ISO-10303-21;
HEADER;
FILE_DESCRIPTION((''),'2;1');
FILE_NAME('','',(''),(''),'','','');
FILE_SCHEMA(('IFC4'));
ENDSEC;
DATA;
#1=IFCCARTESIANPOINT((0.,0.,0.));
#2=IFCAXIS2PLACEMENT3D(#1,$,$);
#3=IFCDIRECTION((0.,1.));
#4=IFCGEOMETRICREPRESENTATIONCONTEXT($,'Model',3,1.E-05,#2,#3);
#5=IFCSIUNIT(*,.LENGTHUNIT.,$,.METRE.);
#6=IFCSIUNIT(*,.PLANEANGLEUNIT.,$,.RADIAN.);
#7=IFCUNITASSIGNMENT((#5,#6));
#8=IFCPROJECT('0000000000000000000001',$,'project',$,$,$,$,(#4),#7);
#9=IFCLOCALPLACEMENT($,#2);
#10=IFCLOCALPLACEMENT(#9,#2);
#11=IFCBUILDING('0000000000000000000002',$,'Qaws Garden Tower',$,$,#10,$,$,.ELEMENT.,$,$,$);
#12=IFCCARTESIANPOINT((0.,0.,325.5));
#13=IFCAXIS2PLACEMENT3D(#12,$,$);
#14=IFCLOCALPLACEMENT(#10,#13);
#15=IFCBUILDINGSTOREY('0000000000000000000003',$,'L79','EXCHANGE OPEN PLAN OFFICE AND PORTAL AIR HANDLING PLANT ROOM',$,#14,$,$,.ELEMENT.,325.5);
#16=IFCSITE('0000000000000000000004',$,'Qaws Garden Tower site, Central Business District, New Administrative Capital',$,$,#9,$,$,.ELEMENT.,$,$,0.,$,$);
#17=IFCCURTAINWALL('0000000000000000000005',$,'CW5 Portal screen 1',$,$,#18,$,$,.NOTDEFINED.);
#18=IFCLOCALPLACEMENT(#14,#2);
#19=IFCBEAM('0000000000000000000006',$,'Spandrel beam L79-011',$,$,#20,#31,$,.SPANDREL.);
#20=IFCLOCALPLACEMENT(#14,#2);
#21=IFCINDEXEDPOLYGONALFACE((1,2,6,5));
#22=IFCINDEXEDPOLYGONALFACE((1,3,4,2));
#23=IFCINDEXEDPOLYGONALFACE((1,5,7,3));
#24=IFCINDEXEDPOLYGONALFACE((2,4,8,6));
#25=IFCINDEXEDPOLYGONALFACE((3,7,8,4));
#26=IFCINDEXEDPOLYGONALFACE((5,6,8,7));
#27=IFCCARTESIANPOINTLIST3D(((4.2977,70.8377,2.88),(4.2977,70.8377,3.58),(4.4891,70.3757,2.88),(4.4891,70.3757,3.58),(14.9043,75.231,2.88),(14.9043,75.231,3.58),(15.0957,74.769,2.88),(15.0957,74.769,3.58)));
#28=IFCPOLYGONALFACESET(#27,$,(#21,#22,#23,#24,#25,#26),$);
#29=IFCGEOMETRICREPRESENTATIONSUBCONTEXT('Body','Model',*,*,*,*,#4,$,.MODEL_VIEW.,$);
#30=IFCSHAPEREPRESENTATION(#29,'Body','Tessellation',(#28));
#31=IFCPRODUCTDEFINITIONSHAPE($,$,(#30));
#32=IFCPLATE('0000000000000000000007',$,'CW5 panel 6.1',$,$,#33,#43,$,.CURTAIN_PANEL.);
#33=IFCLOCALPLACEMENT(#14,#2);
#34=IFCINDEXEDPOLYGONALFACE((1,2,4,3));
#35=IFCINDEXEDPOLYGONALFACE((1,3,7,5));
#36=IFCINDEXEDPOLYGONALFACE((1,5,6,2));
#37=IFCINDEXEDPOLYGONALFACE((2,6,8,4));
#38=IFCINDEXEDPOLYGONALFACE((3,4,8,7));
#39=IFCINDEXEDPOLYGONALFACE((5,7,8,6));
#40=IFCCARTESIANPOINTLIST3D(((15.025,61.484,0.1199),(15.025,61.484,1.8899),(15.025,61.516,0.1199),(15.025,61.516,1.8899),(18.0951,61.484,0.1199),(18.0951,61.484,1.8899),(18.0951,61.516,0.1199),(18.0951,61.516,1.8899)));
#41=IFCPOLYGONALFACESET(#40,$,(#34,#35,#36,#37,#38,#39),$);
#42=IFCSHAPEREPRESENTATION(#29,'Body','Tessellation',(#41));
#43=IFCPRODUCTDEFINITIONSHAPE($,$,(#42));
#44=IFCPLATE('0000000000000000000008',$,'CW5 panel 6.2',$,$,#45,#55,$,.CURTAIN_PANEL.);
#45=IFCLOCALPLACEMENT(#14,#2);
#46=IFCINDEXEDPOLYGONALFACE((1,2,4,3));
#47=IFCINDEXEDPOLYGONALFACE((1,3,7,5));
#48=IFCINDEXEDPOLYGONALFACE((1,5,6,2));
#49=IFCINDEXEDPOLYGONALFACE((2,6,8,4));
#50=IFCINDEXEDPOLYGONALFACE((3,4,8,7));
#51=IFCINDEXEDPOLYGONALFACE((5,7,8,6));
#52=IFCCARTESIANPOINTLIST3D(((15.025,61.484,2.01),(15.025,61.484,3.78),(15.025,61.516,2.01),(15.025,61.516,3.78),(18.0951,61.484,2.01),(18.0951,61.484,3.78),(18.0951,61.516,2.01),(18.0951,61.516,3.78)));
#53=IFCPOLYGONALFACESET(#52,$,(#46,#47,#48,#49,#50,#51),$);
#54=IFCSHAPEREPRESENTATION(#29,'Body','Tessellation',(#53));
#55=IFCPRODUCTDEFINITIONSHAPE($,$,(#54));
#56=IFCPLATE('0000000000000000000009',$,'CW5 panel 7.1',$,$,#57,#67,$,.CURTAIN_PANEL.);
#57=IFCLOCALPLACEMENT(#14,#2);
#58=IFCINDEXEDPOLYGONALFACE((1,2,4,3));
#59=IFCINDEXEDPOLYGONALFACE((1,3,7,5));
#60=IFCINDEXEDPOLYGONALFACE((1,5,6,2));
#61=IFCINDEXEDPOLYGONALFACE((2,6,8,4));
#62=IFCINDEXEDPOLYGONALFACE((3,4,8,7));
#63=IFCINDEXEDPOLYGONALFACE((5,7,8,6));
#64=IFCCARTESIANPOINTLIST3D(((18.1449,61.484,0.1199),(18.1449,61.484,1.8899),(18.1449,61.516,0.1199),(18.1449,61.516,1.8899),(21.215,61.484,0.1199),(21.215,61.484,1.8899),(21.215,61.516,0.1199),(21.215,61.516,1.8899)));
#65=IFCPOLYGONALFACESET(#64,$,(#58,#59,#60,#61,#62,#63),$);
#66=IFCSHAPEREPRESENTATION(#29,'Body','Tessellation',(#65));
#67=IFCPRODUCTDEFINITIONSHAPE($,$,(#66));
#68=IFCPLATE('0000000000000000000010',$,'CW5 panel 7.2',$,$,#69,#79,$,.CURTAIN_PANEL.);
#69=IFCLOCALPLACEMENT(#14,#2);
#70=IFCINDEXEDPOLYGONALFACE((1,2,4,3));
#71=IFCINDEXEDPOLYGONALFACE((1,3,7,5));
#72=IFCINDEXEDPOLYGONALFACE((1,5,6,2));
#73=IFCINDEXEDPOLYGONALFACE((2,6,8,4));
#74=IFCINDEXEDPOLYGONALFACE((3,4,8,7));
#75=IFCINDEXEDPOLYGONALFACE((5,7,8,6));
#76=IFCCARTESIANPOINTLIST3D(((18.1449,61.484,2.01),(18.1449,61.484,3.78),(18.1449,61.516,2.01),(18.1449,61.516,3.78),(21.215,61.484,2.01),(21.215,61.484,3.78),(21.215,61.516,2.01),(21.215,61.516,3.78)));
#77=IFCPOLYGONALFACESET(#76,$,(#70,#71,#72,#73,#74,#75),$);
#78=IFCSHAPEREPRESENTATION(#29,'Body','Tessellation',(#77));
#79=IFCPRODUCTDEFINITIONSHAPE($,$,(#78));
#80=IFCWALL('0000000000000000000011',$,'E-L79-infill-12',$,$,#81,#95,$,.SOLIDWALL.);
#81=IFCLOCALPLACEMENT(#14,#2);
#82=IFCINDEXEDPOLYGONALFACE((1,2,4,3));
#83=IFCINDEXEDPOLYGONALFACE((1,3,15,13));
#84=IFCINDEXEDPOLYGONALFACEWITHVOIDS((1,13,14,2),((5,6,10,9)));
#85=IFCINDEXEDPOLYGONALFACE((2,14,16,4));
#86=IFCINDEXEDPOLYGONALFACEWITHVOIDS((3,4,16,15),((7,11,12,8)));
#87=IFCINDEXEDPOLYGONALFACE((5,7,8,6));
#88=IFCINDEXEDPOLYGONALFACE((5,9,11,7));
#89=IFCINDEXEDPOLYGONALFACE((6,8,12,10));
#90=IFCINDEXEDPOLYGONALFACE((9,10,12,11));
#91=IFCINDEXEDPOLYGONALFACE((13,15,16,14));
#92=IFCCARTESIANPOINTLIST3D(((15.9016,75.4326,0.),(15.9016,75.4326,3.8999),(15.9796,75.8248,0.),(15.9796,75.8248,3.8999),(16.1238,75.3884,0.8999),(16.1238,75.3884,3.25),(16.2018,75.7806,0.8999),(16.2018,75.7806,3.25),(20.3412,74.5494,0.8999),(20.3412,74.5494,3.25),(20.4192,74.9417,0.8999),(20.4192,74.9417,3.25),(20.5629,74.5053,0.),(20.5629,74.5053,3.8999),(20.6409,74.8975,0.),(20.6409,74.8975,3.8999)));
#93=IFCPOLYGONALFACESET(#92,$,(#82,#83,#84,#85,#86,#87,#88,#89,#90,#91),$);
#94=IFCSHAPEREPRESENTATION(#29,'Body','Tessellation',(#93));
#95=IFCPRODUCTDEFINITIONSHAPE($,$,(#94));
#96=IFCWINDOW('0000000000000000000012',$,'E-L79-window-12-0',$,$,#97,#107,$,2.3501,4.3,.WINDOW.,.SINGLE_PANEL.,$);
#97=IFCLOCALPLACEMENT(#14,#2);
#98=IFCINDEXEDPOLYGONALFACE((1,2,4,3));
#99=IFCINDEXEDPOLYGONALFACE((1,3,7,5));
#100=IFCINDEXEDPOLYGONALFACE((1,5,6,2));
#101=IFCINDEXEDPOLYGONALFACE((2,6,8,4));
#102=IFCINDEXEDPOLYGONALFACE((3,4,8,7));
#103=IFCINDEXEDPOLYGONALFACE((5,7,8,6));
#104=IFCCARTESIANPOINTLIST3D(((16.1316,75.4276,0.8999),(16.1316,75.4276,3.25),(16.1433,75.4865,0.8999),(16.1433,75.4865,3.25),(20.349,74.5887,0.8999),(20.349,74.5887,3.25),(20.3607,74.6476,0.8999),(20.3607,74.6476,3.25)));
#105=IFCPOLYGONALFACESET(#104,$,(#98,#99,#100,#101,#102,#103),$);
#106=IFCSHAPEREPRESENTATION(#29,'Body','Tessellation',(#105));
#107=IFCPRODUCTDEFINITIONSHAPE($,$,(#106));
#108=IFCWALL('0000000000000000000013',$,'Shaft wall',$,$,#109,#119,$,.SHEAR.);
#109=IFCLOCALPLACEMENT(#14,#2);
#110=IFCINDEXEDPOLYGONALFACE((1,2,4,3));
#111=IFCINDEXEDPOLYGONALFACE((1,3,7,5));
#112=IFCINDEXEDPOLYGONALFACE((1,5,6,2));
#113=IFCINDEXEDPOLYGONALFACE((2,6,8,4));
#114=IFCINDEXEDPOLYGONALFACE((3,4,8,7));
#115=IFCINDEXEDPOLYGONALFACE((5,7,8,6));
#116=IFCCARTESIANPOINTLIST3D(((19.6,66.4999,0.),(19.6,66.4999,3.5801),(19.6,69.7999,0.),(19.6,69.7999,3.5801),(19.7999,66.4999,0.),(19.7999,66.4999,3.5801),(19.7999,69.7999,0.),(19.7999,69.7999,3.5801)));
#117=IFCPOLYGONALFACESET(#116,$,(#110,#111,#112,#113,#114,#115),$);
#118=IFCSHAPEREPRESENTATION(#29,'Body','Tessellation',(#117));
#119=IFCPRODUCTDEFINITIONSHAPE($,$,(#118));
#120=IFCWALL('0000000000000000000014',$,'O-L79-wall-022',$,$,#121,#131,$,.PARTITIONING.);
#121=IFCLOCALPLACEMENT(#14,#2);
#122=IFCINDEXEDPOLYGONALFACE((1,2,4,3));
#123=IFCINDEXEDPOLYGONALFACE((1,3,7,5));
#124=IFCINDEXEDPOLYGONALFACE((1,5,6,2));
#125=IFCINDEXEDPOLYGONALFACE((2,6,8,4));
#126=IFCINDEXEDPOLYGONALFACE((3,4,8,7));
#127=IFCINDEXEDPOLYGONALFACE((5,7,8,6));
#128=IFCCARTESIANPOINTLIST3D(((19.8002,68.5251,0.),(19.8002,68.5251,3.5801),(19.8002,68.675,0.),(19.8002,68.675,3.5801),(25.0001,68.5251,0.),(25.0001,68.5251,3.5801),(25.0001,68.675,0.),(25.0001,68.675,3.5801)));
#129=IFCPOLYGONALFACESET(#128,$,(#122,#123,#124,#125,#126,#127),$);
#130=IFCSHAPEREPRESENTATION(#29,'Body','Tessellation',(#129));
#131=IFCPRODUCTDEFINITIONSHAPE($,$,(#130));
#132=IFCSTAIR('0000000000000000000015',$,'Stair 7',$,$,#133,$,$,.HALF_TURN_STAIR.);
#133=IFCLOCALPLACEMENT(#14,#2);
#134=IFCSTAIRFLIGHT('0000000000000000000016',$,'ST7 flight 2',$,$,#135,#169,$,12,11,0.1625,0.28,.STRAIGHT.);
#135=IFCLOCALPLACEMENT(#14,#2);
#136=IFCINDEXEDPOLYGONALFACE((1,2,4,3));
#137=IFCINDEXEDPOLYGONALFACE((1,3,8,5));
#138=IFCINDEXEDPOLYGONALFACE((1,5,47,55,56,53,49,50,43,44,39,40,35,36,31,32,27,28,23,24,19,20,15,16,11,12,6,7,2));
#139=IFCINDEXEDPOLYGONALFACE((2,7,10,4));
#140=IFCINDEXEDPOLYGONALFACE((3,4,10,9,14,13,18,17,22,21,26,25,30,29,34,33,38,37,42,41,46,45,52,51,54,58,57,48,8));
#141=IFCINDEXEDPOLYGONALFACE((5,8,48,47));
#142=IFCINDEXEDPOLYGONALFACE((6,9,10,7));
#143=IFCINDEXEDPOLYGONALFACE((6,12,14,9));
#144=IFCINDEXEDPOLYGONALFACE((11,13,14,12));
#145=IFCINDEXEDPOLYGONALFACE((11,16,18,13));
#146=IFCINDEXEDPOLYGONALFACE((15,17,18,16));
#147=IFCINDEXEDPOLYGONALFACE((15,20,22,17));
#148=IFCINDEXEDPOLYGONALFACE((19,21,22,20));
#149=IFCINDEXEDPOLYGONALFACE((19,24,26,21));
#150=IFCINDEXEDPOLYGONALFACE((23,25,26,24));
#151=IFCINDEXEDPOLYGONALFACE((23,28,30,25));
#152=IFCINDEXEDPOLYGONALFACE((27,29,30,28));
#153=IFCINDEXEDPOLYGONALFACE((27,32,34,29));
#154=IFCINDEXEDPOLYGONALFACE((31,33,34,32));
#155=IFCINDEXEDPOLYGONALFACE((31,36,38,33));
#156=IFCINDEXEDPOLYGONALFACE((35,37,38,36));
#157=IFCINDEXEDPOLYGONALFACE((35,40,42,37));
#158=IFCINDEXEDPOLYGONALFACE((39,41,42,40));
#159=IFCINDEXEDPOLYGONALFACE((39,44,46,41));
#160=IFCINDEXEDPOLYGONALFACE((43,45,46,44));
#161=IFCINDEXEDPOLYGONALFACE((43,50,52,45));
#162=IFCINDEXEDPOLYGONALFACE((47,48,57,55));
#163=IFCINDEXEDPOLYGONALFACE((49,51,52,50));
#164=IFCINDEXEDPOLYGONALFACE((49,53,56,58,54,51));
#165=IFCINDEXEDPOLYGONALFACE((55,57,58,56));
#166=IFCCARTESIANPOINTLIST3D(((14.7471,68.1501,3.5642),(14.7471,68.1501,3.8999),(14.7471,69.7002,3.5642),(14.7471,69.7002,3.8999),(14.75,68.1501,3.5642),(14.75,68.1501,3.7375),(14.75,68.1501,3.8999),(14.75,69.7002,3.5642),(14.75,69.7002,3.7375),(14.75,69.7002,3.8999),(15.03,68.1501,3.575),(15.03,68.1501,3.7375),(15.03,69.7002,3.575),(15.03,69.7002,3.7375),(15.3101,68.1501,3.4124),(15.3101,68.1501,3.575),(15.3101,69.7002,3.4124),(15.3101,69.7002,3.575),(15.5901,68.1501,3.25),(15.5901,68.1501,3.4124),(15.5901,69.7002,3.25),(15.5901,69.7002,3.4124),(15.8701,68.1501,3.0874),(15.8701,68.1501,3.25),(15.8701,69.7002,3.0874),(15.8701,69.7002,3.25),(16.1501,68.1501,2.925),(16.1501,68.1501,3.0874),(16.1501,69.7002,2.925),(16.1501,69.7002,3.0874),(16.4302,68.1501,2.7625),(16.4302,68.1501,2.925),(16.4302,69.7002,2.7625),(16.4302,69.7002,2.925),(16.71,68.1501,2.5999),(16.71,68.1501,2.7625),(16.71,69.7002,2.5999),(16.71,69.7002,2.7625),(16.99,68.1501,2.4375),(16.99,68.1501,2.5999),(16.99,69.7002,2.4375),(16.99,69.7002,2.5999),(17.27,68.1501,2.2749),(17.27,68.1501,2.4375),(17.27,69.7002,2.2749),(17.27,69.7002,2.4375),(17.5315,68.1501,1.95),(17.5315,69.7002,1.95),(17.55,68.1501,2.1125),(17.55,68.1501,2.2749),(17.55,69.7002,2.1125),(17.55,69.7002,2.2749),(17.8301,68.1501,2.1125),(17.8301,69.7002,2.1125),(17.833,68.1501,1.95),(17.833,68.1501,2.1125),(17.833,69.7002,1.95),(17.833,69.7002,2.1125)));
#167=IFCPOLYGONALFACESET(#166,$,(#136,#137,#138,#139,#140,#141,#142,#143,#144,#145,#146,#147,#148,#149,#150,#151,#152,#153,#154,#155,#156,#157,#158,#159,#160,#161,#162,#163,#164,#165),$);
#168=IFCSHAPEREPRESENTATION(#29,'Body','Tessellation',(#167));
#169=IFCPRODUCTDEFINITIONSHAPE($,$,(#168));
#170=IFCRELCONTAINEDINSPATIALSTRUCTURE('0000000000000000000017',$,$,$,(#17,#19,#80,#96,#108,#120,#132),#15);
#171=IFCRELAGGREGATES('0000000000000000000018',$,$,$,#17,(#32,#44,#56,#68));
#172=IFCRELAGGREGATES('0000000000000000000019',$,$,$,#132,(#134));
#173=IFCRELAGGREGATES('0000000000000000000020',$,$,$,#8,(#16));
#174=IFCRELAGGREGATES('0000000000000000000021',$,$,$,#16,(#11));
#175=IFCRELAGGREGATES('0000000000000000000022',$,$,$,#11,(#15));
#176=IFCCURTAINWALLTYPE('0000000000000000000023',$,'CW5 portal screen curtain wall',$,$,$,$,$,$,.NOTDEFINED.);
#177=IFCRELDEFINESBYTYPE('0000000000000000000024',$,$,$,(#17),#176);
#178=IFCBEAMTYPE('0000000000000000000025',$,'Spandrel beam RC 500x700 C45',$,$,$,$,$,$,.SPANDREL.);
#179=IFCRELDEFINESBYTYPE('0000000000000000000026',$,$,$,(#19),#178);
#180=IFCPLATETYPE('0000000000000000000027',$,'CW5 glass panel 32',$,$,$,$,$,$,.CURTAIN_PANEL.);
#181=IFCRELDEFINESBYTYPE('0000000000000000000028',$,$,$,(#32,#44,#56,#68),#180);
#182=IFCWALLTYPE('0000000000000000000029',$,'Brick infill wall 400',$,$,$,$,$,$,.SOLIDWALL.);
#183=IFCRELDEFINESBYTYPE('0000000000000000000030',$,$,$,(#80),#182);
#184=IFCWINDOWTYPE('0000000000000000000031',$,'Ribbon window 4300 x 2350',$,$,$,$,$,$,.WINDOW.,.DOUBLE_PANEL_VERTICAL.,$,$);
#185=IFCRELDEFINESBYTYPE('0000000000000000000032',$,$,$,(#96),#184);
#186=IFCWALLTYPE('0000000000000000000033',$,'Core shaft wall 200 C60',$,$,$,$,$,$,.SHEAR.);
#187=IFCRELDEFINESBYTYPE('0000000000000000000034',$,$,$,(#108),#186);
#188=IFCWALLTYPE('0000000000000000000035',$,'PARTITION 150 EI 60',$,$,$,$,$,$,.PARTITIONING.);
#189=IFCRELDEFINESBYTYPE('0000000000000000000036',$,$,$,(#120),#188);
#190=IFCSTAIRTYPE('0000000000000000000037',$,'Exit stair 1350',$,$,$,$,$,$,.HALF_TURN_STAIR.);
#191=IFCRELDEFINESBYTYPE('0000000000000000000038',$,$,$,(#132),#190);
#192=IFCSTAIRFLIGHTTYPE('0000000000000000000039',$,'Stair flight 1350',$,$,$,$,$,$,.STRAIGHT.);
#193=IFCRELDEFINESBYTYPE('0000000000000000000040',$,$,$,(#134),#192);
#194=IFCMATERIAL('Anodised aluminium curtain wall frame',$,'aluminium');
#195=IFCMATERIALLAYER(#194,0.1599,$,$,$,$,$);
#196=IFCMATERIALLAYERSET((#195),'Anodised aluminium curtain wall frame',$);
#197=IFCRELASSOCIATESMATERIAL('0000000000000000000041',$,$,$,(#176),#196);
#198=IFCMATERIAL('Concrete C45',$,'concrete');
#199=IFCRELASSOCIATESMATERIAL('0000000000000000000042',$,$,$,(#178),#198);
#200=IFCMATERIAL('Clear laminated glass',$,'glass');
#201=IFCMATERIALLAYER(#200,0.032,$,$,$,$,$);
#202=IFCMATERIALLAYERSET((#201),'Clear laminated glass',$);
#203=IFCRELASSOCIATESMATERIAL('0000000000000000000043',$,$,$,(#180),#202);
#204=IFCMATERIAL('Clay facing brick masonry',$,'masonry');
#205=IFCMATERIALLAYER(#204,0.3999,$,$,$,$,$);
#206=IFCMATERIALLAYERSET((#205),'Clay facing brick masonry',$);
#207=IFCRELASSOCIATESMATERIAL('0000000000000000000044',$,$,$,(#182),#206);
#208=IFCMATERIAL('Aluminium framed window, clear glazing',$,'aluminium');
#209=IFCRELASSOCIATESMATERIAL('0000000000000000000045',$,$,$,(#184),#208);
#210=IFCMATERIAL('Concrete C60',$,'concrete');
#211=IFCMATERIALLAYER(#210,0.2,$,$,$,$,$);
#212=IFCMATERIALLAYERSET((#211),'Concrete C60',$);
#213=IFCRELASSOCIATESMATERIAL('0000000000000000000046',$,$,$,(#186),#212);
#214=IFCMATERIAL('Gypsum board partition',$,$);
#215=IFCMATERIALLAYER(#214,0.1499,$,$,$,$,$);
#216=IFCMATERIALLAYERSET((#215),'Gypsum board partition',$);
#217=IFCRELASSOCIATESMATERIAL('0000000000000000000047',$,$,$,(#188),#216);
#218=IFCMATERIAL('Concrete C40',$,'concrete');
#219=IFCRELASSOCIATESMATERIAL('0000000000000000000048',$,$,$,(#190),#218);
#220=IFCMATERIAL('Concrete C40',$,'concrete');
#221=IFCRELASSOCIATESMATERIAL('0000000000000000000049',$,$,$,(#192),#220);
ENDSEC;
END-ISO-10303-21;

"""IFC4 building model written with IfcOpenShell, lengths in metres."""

from ifc_helpers import new_model, si_unit, direction, frame, frame_2d, origin, origin_2d, place, context, subcontext, project, spatial, polyline, rectangle, outline, extrude, material, layer, layer_set, material_profile, profile_set, type_object, element, fill, aggregate, save


model = new_model("IFC4")

# Units and contexts
model_context = context("Model", 3, precision=1e-05, world=origin(), true_north=direction((0.0, 1.0)))
body_context = subcontext(model_context, "Body", "Model", "MODEL_VIEW")
ifc_project = project(units=[si_unit("LENGTHUNIT", "METRE"), si_unit("PLANEANGLEUNIT", "RADIAN")], contexts=[model_context])

# Site, building, storey
site_placement = place(None, origin())
site = spatial("IfcSite", under=ifc_project, at=site_placement, Name="Qaws Garden Tower site, Central Business District, New Administrative Capital", CompositionType="ELEMENT", RefElevation=0.0)
building_placement = place(site_placement, origin())
building = spatial("IfcBuilding", under=site, at=building_placement, Name="Qaws Garden Tower", CompositionType="ELEMENT")
storey_placement = place(building_placement, frame((0.0, 0.0, 325.5)))
storey = spatial("IfcBuildingStorey", under=building, at=storey_placement, Name="L79", Description="EXCHANGE OPEN PLAN OFFICE AND PORTAL AIR HANDLING PLANT ROOM", CompositionType="ELEMENT", Elevation=325.5)

# Curtain wall
ifc_material_1 = material(Name="Anodised aluminium curtain wall frame", Category="aluminium")
ifc_layer_1 = layer(ifc_material_1, 0.1599)
ifc_layer_set_1 = layer_set([ifc_layer_1], Name="Anodised aluminium curtain wall frame")
curtain_wall_type = type_object("IfcCurtainWallType", Name="CW5 portal screen curtain wall", PredefinedType="NOTDEFINED", material=ifc_layer_set_1)
placement = place(storey_placement, origin())
curtain_wall = element("IfcCurtainWall", 1, at=placement, inside=storey, type_object=curtain_wall_type, Name="CW5 Portal screen 1", PredefinedType="NOTDEFINED")

# Beam
ifc_material_2 = material(Name="Concrete C45", Category="concrete")
ifc_material_profile_1 = material_profile(ifc_material_2, rectangle(XDim=0.5, YDim=0.7, at=origin_2d()), Name="RC 500x700")
ifc_profile_set_1 = profile_set([ifc_material_profile_1], Name="Concrete C45")
beam_type = type_object("IfcBeamType", Name="Spandrel beam RC 500x700 C45", PredefinedType="SPANDREL", material=ifc_profile_set_1)
beam_placement = place(storey_placement, frame((15.0, 75.0, 3.23), z_axis=(-0.923883, -0.382674, 0.0), x_axis=(0.382674, -0.923883, 0.0)))
element("IfcBeam", 2, at=beam_placement, inside=storey, type_object=beam_type, Name="Spandrel beam L79-011", PredefinedType="SPANDREL", context=body_context, shape_type="SweptSolid", body=[
    extrude(rectangle(XDim=0.5, YDim=0.7, at=origin_2d()), origin(), (0.0, 0.0, 1.0), 11.4805),
])

# Plates
ifc_material_3 = material(Name="Clear laminated glass", Category="glass")
ifc_layer_2 = layer(ifc_material_3, 0.032)
ifc_layer_set_2 = layer_set([ifc_layer_2], Name="Clear laminated glass")
plate_type = type_object("IfcPlateType", Name="CW5 glass panel 32", PredefinedType="CURTAIN_PANEL", material=ifc_layer_set_2)
plate_1_placement = place(storey_placement, frame((16.5601, 61.5, 0.1199), z_axis=(0.0, 0.0, 1.0), x_axis=(1.0, 0.0, 0.0)))
plate_1 = element("IfcPlate", 3, at=plate_1_placement, type_object=plate_type, Name="CW5 panel 6.1", PredefinedType="CURTAIN_PANEL", context=body_context, shape_type="SweptSolid", body=[
    extrude(rectangle(XDim=3.0701, YDim=0.032, at=origin_2d()), origin(), (0.0, 0.0, 1.0), 1.77),
])
plate_2_placement = place(storey_placement, frame((16.5601, 61.5, 2.01), z_axis=(0.0, 0.0, 1.0), x_axis=(1.0, 0.0, 0.0)))
plate_2 = element("IfcPlate", 4, at=plate_2_placement, type_object=plate_type, Name="CW5 panel 6.2", PredefinedType="CURTAIN_PANEL", context=body_context, shape_type="SweptSolid", body=[
    extrude(rectangle(XDim=3.0701, YDim=0.032, at=origin_2d()), origin(), (0.0, 0.0, 1.0), 1.77),
])
plate_3_placement = place(storey_placement, frame((19.6799, 61.5, 0.1199), z_axis=(0.0, 0.0, 1.0), x_axis=(1.0, 0.0, 0.0)))
plate_3 = element("IfcPlate", 5, at=plate_3_placement, type_object=plate_type, Name="CW5 panel 7.1", PredefinedType="CURTAIN_PANEL", context=body_context, shape_type="SweptSolid", body=[
    extrude(rectangle(XDim=3.0701, YDim=0.032, at=origin_2d()), origin(), (0.0, 0.0, 1.0), 1.77),
])
plate_4_placement = place(storey_placement, frame((19.6799, 61.5, 2.01), z_axis=(0.0, 0.0, 1.0), x_axis=(1.0, 0.0, 0.0)))
plate_4 = element("IfcPlate", 6, at=plate_4_placement, type_object=plate_type, Name="CW5 panel 7.2", PredefinedType="CURTAIN_PANEL", context=body_context, shape_type="SweptSolid", body=[
    extrude(rectangle(XDim=3.0701, YDim=0.032, at=origin_2d()), origin(), (0.0, 0.0, 1.0), 1.77),
])
aggregate(curtain_wall, [plate_1, plate_2, plate_3, plate_4])

# Wall, opening, window
ifc_material_4 = material(Name="Clay facing brick masonry", Category="masonry")
ifc_layer_3 = layer(ifc_material_4, 0.3999)
ifc_layer_set_3 = layer_set([ifc_layer_3], Name="Clay facing brick masonry")
wall_type_1 = type_object("IfcWallType", Name="Brick infill wall 400", PredefinedType="SOLIDWALL", material=ifc_layer_set_3)
wall_1_placement = place(storey_placement, frame((20.6021, 74.7014, 0.0), z_axis=(0.0, 0.0, 1.0), x_axis=(-0.980784, 0.195099, 0.0)))
wall_1 = element("IfcWall", 7, at=wall_1_placement, inside=storey, type_object=wall_type_1, Name="E-L79-infill-12", PredefinedType="SOLIDWALL", context=body_context, shape_type="SweptSolid", body=[
    extrude(rectangle(XDim=4.7527, YDim=0.3999, at=frame_2d((2.3765, 0.0))), origin(), (0.0, 0.0, 1.0), 3.8999),
])
opening_placement = place(wall_1_placement, frame((0.2263, 0.0, 0.8999)))
opening = element("IfcOpeningElement", 8, at=opening_placement, cuts=wall_1, PredefinedType="OPENING", context=body_context, shape_type="SweptSolid", body=[
    extrude(rectangle(XDim=4.3, YDim=2.3501, at=frame_2d((2.1499, 1.175))), frame((0.0, 0.21, 0.0), z_axis=(0.0, -1.0, 0.0), x_axis=(1.0, 0.0, 0.0)), (0.0, 0.0, 1.0), 0.4199),
])
ifc_material_5 = material(Name="Aluminium framed window, clear glazing", Category="aluminium")
window_type = type_object("IfcWindowType", Name="Ribbon window 4300 x 2350", PartitioningType="DOUBLE_PANEL_VERTICAL", PredefinedType="WINDOW", material=ifc_material_5)
window_placement = place(opening_placement, origin())
window = element("IfcWindow", 9, at=window_placement, inside=storey, type_object=window_type, Name="E-L79-window-12-0", OverallHeight=2.3501, OverallWidth=4.3, PartitioningType="SINGLE_PANEL", PredefinedType="WINDOW", context=body_context, shape_type="SweptSolid", body=[
    extrude(rectangle(XDim=4.3, YDim=2.3501, at=frame_2d((2.1499, 1.175))), frame((0.0, 0.1599, 0.0), z_axis=(0.0, -1.0, 0.0), x_axis=(1.0, 0.0, 0.0)), (0.0, 0.0, 1.0), 0.0601),
])
fill(opening, window)

# Walls
ifc_material_6 = material(Name="Concrete C60", Category="concrete")
ifc_layer_4 = layer(ifc_material_6, 0.2)
ifc_layer_set_4 = layer_set([ifc_layer_4], Name="Concrete C60")
wall_type_2 = type_object("IfcWallType", Name="Core shaft wall 200 C60", PredefinedType="SHEAR", material=ifc_layer_set_4)
wall_2_placement = place(storey_placement, frame((19.7, 66.5, 0.0), z_axis=(0.0, 0.0, 1.0), x_axis=(0.0, 1.0, 0.0)))
element("IfcWall", 10, at=wall_2_placement, inside=storey, type_object=wall_type_2, Name="Shaft wall", PredefinedType="SHEAR", context=body_context, shape_type="SweptSolid", body=[
    extrude(rectangle(XDim=3.3, YDim=0.2, at=frame_2d((1.6499, 0.0))), origin(), (0.0, 0.0, 1.0), 3.5801),
])
ifc_material_7 = material(Name="Gypsum board partition")
ifc_layer_5 = layer(ifc_material_7, 0.1499)
ifc_layer_set_5 = layer_set([ifc_layer_5], Name="Gypsum board partition")
wall_type_3 = type_object("IfcWallType", Name="PARTITION 150 EI 60", PredefinedType="PARTITIONING", material=ifc_layer_set_5)
wall_3_placement = place(storey_placement, frame((19.8, 68.6001, 0.0), z_axis=(0.0, 0.0, 1.0), x_axis=(1.0, 0.0, 0.0)))
element("IfcWall", 11, at=wall_3_placement, inside=storey, type_object=wall_type_3, Name="O-L79-wall-022", PredefinedType="PARTITIONING", context=body_context, shape_type="SweptSolid", body=[
    extrude(rectangle(XDim=5.2, YDim=0.1499, at=frame_2d((2.6001, 0.0))), origin(), (0.0, 0.0, 1.0), 3.5801),
])

# Stair, stair flight
ifc_material_8 = material(Name="Concrete C40", Category="concrete")
stair_type = type_object("IfcStairType", Name="Exit stair 1350", PredefinedType="HALF_TURN_STAIR", material=ifc_material_8)
stair = element("IfcStair", 12, at=placement, inside=storey, type_object=stair_type, Name="Stair 7", PredefinedType="HALF_TURN_STAIR")
ifc_material_9 = material(Name="Concrete C40", Category="concrete")
stair_flight_type = type_object("IfcStairFlightType", Name="Stair flight 1350", PredefinedType="STRAIGHT", material=ifc_material_9)
stair_flight_placement = place(storey_placement, frame((17.8301, 68.925, 1.95), z_axis=(0.0, 0.0, 1.0), x_axis=(-1.0, 0.0, 0.0)))
stair_flight = element("IfcStairFlight", 13, at=stair_flight_placement, type_object=stair_flight_type, Name="ST7 flight 2", NumberOfRisers=12, NumberOfTreads=11, PredefinedType="STRAIGHT", RiserHeight=0.1625, TreadLength=0.28, context=body_context, shape_type="SweptSolid", body=[
    extrude(outline(polyline([(-0.0029, 0.0), (-0.0029, 0.1626), (0.0, 0.1626), (0.28, 0.1626), (0.28, 0.325), (0.5601, 0.325), (0.5601, 0.4875), (0.8401, 0.4875), (0.8401, 0.6499), (1.1201, 0.6499), (1.1201, 0.8125), (1.3999, 0.8125), (1.3999, 0.9751), (1.6799, 0.9751), (1.6799, 1.1375), (1.96, 1.1375), (1.96, 1.3), (2.24, 1.3), (2.24, 1.4624), (2.52, 1.4624), (2.52, 1.625), (2.8, 1.625), (2.8, 1.7876), (3.0801, 1.7876), (3.0801, 1.95), (3.083, 1.95), (3.083, 1.6143), (3.0801, 1.6143), (0.2986, 0.0), (-0.0029, 0.0)])), frame((0.0, 0.7749, 0.0), z_axis=(0.0, -1.0, 0.0), x_axis=(1.0, 0.0, 0.0)), (0.0, 0.0, 1.0), 1.55),
])
aggregate(stair, [stair_flight])

save(model, "model.ifc")
